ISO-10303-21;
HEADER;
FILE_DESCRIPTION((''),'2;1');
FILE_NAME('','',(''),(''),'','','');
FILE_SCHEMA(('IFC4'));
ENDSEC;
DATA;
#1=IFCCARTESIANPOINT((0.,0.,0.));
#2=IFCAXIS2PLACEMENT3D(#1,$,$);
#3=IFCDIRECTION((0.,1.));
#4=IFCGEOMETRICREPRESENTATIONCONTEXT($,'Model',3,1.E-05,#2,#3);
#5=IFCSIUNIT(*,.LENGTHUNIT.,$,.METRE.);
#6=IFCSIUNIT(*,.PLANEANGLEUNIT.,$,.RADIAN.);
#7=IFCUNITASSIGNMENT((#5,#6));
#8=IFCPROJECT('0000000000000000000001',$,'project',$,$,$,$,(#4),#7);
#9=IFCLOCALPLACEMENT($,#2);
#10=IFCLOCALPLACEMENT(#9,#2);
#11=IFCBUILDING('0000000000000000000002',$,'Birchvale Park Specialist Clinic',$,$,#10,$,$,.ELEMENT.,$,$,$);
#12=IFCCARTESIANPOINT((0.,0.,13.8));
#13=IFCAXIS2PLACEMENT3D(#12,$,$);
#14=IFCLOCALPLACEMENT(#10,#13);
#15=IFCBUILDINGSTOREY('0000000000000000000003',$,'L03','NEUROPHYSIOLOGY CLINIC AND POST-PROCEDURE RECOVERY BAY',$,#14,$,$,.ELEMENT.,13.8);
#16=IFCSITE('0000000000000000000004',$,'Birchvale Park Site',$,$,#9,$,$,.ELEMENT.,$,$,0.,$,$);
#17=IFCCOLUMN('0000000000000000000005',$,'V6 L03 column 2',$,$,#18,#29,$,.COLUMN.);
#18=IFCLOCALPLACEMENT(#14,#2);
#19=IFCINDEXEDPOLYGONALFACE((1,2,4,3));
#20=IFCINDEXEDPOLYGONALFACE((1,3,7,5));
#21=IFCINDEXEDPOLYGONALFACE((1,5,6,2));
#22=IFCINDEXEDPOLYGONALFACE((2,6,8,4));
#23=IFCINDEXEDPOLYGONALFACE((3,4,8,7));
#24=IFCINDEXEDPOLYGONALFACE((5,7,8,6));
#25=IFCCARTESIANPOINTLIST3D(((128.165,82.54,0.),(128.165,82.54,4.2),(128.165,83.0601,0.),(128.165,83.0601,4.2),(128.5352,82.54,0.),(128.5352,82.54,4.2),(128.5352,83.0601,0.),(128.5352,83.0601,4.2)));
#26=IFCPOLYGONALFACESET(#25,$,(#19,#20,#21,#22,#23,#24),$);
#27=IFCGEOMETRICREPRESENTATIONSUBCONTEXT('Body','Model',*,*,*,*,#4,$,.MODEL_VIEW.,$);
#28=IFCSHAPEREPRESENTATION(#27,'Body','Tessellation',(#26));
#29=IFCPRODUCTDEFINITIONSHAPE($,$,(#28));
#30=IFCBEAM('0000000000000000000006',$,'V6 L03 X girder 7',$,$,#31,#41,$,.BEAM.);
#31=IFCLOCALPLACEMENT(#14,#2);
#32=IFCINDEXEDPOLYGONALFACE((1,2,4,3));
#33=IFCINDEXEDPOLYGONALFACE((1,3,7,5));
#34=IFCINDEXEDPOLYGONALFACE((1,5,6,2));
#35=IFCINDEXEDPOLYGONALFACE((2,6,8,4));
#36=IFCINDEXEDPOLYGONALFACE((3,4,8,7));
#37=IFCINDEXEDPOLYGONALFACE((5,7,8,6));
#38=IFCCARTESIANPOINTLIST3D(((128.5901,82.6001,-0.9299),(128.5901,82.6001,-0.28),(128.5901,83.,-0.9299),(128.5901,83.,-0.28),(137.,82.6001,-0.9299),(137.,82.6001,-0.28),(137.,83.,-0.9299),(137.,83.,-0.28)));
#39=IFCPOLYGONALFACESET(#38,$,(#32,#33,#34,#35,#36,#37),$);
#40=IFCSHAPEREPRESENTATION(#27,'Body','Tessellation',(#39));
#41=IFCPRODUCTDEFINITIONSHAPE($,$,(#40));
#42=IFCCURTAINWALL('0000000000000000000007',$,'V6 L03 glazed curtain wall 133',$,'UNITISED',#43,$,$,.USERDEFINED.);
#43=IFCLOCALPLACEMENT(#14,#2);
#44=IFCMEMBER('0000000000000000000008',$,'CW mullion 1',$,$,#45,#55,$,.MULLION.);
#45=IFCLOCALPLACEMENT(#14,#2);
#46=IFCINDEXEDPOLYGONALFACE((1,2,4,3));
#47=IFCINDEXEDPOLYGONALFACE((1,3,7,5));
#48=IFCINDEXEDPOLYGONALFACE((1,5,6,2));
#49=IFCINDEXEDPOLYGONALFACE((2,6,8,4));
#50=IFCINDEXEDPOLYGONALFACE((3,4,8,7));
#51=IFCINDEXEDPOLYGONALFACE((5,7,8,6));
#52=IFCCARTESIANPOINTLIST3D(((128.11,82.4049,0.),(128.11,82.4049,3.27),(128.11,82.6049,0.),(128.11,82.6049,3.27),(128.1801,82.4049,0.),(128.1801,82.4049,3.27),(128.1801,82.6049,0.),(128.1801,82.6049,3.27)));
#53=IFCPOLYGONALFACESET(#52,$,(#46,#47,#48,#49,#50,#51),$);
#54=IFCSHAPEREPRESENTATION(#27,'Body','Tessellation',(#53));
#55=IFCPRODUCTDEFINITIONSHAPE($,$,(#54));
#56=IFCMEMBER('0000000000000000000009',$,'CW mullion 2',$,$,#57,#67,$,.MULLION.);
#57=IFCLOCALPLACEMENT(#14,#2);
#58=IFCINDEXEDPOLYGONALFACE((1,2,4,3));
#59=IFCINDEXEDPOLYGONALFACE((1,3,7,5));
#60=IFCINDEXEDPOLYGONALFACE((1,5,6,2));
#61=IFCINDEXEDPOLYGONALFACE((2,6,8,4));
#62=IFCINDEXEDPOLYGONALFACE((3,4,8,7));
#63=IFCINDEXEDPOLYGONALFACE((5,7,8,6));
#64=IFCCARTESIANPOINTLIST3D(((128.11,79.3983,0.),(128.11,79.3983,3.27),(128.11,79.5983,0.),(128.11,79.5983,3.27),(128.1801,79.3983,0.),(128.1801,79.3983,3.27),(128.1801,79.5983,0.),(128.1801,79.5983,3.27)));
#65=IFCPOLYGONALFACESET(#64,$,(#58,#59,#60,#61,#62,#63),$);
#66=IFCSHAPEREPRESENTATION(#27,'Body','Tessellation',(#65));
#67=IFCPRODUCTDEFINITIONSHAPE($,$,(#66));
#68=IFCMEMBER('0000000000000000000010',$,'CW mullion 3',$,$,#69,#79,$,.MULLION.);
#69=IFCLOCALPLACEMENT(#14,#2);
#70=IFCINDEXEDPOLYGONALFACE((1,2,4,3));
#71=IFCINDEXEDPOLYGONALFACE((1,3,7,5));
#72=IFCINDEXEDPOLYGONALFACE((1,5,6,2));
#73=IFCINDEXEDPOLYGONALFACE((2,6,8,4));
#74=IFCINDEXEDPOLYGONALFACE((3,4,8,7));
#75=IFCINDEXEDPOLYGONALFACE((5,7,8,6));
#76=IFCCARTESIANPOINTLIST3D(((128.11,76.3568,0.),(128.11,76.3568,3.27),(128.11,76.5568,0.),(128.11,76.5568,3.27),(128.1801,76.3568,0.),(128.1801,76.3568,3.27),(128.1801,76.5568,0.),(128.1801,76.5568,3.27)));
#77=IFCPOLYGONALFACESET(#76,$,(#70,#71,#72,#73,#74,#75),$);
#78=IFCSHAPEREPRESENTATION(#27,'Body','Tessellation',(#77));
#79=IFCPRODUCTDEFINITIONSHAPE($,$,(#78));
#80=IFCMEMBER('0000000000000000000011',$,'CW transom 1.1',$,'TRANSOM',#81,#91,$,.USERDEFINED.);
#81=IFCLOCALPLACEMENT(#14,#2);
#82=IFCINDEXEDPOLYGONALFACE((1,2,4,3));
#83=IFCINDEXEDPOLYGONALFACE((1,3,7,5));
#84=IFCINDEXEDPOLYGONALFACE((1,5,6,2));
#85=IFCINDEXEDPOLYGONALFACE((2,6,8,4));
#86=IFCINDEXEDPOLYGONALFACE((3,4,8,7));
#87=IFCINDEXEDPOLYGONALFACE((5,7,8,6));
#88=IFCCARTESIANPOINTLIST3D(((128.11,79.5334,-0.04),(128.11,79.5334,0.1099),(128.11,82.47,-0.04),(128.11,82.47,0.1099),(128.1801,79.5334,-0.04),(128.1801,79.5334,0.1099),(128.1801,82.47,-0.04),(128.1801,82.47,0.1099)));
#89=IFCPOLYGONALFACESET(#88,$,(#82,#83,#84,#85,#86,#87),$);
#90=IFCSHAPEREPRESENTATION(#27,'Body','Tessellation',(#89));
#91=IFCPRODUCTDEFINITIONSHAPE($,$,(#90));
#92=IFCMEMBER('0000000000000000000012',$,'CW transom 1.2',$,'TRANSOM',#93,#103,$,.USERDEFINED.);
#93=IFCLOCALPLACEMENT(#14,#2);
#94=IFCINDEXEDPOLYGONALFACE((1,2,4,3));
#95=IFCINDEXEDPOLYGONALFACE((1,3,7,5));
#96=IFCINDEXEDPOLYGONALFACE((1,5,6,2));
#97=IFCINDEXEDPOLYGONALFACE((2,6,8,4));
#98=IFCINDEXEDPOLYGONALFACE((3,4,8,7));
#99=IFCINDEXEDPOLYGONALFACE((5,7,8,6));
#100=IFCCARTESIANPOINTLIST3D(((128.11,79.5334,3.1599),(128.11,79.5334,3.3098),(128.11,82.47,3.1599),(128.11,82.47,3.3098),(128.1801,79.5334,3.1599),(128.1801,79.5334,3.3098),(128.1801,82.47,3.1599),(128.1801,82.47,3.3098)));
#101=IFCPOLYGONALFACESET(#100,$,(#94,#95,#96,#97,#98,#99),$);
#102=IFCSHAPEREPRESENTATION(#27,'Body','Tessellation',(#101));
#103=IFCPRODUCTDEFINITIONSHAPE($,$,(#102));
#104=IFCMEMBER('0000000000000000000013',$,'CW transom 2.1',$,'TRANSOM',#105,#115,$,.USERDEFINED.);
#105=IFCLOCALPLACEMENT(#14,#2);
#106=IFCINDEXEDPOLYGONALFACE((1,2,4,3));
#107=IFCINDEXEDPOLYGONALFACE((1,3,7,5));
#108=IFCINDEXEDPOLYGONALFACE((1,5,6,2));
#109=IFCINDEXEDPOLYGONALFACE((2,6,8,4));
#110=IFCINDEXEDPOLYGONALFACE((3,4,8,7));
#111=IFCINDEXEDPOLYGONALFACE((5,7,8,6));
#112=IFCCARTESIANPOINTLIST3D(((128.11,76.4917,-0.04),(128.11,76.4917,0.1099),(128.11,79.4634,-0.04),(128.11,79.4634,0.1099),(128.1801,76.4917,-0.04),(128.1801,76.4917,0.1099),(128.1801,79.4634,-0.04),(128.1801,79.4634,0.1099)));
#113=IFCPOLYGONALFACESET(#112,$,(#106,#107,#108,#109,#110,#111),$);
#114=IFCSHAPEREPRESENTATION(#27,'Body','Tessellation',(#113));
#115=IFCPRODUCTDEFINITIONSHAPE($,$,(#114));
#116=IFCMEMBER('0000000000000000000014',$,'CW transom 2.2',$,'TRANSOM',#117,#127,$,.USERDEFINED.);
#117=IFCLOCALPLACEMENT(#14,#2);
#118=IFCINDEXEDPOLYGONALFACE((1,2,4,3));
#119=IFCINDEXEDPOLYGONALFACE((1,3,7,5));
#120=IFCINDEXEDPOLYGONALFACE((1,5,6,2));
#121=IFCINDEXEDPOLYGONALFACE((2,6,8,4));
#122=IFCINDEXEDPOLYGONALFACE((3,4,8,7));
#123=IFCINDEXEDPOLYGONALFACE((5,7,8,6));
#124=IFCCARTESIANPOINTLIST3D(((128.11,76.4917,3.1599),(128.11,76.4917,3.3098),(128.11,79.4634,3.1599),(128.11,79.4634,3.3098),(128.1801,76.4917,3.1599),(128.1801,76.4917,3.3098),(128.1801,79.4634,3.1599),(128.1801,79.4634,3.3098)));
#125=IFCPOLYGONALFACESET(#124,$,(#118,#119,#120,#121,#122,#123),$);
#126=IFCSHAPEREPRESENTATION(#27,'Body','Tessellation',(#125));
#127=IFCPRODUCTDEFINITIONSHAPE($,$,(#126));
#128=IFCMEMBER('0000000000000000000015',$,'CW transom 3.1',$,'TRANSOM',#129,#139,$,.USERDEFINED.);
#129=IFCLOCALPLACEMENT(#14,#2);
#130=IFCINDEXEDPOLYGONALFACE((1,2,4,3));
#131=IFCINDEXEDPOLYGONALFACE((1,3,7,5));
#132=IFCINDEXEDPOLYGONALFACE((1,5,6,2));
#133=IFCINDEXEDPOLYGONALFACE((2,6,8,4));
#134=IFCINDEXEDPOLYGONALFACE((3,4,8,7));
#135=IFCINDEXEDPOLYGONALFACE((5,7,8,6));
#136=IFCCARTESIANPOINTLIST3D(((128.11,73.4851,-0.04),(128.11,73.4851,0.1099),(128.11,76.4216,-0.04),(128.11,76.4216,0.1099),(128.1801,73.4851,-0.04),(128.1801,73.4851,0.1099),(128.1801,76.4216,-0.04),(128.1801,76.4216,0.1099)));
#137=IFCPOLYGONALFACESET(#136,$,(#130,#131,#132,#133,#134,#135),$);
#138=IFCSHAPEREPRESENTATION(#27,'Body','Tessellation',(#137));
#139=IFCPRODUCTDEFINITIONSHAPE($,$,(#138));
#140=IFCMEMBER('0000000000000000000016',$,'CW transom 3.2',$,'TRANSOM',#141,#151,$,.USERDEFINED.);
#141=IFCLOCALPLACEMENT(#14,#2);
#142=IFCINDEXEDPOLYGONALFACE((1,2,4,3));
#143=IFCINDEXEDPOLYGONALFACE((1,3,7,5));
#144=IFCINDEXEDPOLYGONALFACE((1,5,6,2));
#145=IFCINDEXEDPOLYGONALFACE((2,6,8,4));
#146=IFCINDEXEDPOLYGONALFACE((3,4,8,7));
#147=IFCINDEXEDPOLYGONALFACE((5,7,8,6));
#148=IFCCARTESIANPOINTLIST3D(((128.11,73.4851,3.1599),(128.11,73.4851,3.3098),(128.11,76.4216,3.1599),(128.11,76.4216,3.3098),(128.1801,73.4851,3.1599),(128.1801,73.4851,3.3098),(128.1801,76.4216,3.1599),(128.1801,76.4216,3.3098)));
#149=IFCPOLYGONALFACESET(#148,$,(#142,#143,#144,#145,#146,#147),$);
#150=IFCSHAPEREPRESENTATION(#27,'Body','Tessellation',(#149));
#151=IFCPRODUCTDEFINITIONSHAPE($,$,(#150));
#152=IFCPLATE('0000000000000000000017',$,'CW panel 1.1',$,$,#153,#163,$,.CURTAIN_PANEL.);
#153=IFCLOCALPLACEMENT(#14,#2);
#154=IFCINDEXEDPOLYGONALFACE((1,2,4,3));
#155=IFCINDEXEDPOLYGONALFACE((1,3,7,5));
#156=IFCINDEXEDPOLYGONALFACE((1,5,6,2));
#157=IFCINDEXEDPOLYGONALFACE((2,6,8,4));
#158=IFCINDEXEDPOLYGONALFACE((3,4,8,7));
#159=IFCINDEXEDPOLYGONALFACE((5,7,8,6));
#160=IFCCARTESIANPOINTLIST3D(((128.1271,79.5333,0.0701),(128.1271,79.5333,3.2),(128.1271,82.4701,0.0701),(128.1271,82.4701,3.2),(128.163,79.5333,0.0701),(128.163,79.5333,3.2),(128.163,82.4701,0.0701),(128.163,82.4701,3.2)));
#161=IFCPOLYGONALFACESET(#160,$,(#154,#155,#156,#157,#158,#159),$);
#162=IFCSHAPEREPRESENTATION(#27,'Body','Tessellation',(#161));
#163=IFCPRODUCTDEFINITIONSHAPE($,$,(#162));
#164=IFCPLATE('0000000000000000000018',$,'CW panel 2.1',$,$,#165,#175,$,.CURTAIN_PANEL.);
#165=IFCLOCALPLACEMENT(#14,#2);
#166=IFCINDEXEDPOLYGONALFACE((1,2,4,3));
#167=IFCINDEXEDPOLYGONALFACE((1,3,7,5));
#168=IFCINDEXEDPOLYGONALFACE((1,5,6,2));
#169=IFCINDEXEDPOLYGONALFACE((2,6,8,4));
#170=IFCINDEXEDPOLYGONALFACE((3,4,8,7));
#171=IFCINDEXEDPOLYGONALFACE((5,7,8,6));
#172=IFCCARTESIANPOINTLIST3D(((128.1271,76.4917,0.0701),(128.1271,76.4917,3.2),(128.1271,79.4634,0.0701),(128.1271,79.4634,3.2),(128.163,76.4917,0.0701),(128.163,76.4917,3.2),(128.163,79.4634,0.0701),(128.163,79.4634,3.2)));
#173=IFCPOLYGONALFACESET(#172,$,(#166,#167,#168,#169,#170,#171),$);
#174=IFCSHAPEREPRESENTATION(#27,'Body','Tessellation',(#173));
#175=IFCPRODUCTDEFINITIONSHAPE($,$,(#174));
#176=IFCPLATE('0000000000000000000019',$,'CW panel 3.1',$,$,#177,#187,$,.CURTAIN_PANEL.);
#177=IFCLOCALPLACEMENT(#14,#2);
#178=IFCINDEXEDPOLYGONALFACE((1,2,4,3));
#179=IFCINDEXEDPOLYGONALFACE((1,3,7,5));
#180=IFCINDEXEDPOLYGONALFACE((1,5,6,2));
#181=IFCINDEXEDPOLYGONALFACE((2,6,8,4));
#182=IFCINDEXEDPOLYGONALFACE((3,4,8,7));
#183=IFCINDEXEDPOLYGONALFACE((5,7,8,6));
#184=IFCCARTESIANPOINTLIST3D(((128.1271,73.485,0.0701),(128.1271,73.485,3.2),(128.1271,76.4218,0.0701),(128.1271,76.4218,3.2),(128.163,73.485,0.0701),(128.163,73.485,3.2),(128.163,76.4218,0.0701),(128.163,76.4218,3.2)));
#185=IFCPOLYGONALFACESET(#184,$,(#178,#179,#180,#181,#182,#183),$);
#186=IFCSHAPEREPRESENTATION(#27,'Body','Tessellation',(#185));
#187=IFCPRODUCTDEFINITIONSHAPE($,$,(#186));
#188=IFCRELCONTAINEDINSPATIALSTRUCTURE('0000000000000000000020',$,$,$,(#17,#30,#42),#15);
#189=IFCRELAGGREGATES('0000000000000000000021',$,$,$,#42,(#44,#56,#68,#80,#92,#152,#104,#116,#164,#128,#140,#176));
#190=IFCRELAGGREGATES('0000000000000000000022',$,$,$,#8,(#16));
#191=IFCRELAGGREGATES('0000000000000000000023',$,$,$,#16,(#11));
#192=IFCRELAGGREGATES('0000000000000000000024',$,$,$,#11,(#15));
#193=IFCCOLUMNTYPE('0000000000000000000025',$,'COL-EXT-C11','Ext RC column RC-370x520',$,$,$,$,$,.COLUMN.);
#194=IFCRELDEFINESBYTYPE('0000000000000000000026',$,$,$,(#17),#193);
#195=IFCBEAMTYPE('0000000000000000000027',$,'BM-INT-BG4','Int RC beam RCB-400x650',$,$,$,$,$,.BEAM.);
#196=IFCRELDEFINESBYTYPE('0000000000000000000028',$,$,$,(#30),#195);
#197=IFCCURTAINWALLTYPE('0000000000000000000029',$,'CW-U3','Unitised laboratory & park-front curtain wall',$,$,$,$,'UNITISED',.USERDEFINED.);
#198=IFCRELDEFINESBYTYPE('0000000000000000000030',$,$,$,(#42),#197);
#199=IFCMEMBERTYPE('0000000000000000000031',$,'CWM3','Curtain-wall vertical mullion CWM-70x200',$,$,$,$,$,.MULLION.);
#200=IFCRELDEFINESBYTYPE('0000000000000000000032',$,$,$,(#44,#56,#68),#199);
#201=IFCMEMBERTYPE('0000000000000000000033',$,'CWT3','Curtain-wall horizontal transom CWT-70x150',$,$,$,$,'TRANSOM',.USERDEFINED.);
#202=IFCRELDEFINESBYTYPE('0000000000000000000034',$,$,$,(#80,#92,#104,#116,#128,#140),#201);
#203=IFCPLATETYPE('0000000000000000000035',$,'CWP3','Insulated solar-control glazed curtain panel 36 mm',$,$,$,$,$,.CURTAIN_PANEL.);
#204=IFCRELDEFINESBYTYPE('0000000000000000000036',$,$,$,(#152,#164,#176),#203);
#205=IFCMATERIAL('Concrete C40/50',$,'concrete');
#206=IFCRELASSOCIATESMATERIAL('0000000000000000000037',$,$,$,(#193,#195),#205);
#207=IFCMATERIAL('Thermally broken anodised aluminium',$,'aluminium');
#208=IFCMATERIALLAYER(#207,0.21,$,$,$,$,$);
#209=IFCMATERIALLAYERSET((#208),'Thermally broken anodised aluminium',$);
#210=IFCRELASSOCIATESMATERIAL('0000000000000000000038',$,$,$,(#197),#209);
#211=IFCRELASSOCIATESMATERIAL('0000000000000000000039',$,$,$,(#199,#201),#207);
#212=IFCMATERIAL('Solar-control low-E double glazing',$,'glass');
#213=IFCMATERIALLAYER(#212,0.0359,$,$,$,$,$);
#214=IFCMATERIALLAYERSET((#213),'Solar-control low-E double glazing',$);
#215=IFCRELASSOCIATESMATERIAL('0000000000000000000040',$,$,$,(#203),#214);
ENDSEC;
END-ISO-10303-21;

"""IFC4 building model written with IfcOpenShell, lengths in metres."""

from ifc_helpers import new_model, si_unit, direction, frame, origin, origin_2d, place, context, subcontext, project, spatial, rectangle, extrude, material, layer, layer_set, material_profile, profile_set, type_object, element, aggregate, save


model = new_model("IFC4")

# Units and contexts
model_context = context("Model", 3, precision=1e-05, world=origin(), true_north=direction((0.0, 1.0)))
body_context = subcontext(model_context, "Body", "Model", "MODEL_VIEW")
ifc_project = project(units=[si_unit("LENGTHUNIT", "METRE"), si_unit("PLANEANGLEUNIT", "RADIAN")], contexts=[model_context])

# Site, building, storey
site_placement = place(None, origin())
site = spatial("IfcSite", under=ifc_project, at=site_placement, Name="Birchvale Park Site", CompositionType="ELEMENT", RefElevation=0.0)
building_placement = place(site_placement, origin())
building = spatial("IfcBuilding", under=site, at=building_placement, Name="Birchvale Park Specialist Clinic", CompositionType="ELEMENT")
storey_placement = place(building_placement, frame((0.0, 0.0, 13.8)))
storey = spatial("IfcBuildingStorey", under=building, at=storey_placement, Name="L03", Description="NEUROPHYSIOLOGY CLINIC AND POST-PROCEDURE RECOVERY BAY", CompositionType="ELEMENT", Elevation=13.8)

# Column
ifc_material_1 = material(Name="Concrete C40/50", Category="concrete")
ifc_material_profile_1 = material_profile(ifc_material_1, rectangle(XDim=0.3701, YDim=0.52, at=origin_2d()), Name="RC-370x520")
ifc_profile_set_1 = profile_set([ifc_material_profile_1], Name="Concrete C40/50")
column_type = type_object("IfcColumnType", Name="COL-EXT-C11", Description="Ext RC column RC-370x520", PredefinedType="COLUMN", material=ifc_profile_set_1)
column_placement = place(storey_placement, frame((128.3501, 82.8, 0.0), z_axis=(0.0, 0.0, 1.0), x_axis=(1.0, 0.0, 0.0)))
element("IfcColumn", 1, at=column_placement, inside=storey, type_object=column_type, Name="V6 L03 column 2", PredefinedType="COLUMN", context=body_context, shape_type="SweptSolid", body=[
    extrude(rectangle(XDim=0.3701, YDim=0.52, at=origin_2d()), origin(), (0.0, 0.0, 1.0), 4.2),
])

# Beam
ifc_material_profile_2 = material_profile(ifc_material_1, rectangle(XDim=0.3999, YDim=0.6499, at=origin_2d()), Name="RCB-400x650")
ifc_profile_set_2 = profile_set([ifc_material_profile_2], Name="Concrete C40/50")
beam_type = type_object("IfcBeamType", Name="BM-INT-BG4", Description="Int RC beam RCB-400x650", PredefinedType="BEAM", material=ifc_profile_set_2)
beam_placement = place(storey_placement, frame((128.5901, 82.8, -0.605), z_axis=(1.0, 0.0, 0.0), x_axis=(0.0, 1.0, 0.0)))
element("IfcBeam", 2, at=beam_placement, inside=storey, type_object=beam_type, Name="V6 L03 X girder 7", PredefinedType="BEAM", context=body_context, shape_type="SweptSolid", body=[
    extrude(rectangle(XDim=0.3999, YDim=0.6499, at=origin_2d()), origin(), (0.0, 0.0, 1.0), 8.4099),
])

# Curtain wall, members, plates
ifc_material_2 = material(Name="Thermally broken anodised aluminium", Category="aluminium")
ifc_layer_1 = layer(ifc_material_2, 0.21)
ifc_layer_set_1 = layer_set([ifc_layer_1], Name="Thermally broken anodised aluminium")
curtain_wall_type = type_object("IfcCurtainWallType", Name="CW-U3", Description="Unitised laboratory & park-front curtain wall", ElementType="UNITISED", PredefinedType="USERDEFINED", material=ifc_layer_set_1)
curtain_wall_placement = place(storey_placement, origin())
curtain_wall = element("IfcCurtainWall", 3, at=curtain_wall_placement, inside=storey, type_object=curtain_wall_type, Name="V6 L03 glazed curtain wall 133", ObjectType="UNITISED", PredefinedType="USERDEFINED")
ifc_material_profile_3 = material_profile(ifc_material_2, rectangle(XDim=0.0701, YDim=0.2, at=origin_2d()), Name="CWM-70x200")
ifc_profile_set_3 = profile_set([ifc_material_profile_3], Name="Thermally broken anodised aluminium")
member_type_1 = type_object("IfcMemberType", Name="CWM3", Description="Curtain-wall vertical mullion CWM-70x200", PredefinedType="MULLION", material=ifc_profile_set_3)
member_1_placement = place(storey_placement, frame((128.145, 82.5049, 0.0), z_axis=(0.0, 0.0, 1.0), x_axis=(1.0, 0.0, 0.0)))
member_1 = element("IfcMember", 4, at=member_1_placement, type_object=member_type_1, Name="CW mullion 1", PredefinedType="MULLION", context=body_context, shape_type="SweptSolid", body=[
    extrude(rectangle(XDim=0.0701, YDim=0.2, at=origin_2d()), origin(), (0.0, 0.0, 1.0), 3.27),
])
member_2_placement = place(storey_placement, frame((128.145, 79.4983, 0.0), z_axis=(0.0, 0.0, 1.0), x_axis=(1.0, 0.0, 0.0)))
member_2 = element("IfcMember", 5, at=member_2_placement, type_object=member_type_1, Name="CW mullion 2", PredefinedType="MULLION", context=body_context, shape_type="SweptSolid", body=[
    extrude(rectangle(XDim=0.0701, YDim=0.2, at=origin_2d()), origin(), (0.0, 0.0, 1.0), 3.27),
])
member_3_placement = place(storey_placement, frame((128.145, 76.4568, 0.0), z_axis=(0.0, 0.0, 1.0), x_axis=(1.0, 0.0, 0.0)))
member_3 = element("IfcMember", 6, at=member_3_placement, type_object=member_type_1, Name="CW mullion 3", PredefinedType="MULLION", context=body_context, shape_type="SweptSolid", body=[
    extrude(rectangle(XDim=0.0701, YDim=0.2, at=origin_2d()), origin(), (0.0, 0.0, 1.0), 3.27),
])
ifc_material_profile_4 = material_profile(ifc_material_2, rectangle(XDim=0.0701, YDim=0.1499, at=origin_2d()), Name="CWT-70x150")
ifc_profile_set_4 = profile_set([ifc_material_profile_4], Name="Thermally broken anodised aluminium")
member_type_2 = type_object("IfcMemberType", Name="CWT3", Description="Curtain-wall horizontal transom CWT-70x150", ElementType="TRANSOM", PredefinedType="USERDEFINED", material=ifc_profile_set_4)
member_4_placement = place(storey_placement, frame((128.145, 82.47, 0.0349), z_axis=(0.0, -1.0, 0.0), x_axis=(1.0, 0.0, 0.0)))
member_4 = element("IfcMember", 7, at=member_4_placement, type_object=member_type_2, Name="CW transom 1.1", ObjectType="TRANSOM", PredefinedType="USERDEFINED", context=body_context, shape_type="SweptSolid", body=[
    extrude(rectangle(XDim=0.0701, YDim=0.1499, at=origin_2d()), origin(), (0.0, 0.0, 1.0), 2.9365),
])
member_5_placement = place(storey_placement, frame((128.145, 82.47, 3.2349), z_axis=(0.0, -1.0, 0.0), x_axis=(1.0, 0.0, 0.0)))
member_5 = element("IfcMember", 8, at=member_5_placement, type_object=member_type_2, Name="CW transom 1.2", ObjectType="TRANSOM", PredefinedType="USERDEFINED", context=body_context, shape_type="SweptSolid", body=[
    extrude(rectangle(XDim=0.0701, YDim=0.1499, at=origin_2d()), origin(), (0.0, 0.0, 1.0), 2.9365),
])
member_6_placement = place(storey_placement, frame((128.145, 79.4634, 0.0349), z_axis=(0.0, -1.0, 0.0), x_axis=(1.0, 0.0, 0.0)))
member_6 = element("IfcMember", 9, at=member_6_placement, type_object=member_type_2, Name="CW transom 2.1", ObjectType="TRANSOM", PredefinedType="USERDEFINED", context=body_context, shape_type="SweptSolid", body=[
    extrude(rectangle(XDim=0.0701, YDim=0.1499, at=origin_2d()), origin(), (0.0, 0.0, 1.0), 2.9717),
])
member_7_placement = place(storey_placement, frame((128.145, 79.4634, 3.2349), z_axis=(0.0, -1.0, 0.0), x_axis=(1.0, 0.0, 0.0)))
member_7 = element("IfcMember", 10, at=member_7_placement, type_object=member_type_2, Name="CW transom 2.2", ObjectType="TRANSOM", PredefinedType="USERDEFINED", context=body_context, shape_type="SweptSolid", body=[
    extrude(rectangle(XDim=0.0701, YDim=0.1499, at=origin_2d()), origin(), (0.0, 0.0, 1.0), 2.9717),
])
member_8_placement = place(storey_placement, frame((128.145, 76.4216, 0.0349), z_axis=(0.0, -1.0, 0.0), x_axis=(1.0, 0.0, 0.0)))
member_8 = element("IfcMember", 11, at=member_8_placement, type_object=member_type_2, Name="CW transom 3.1", ObjectType="TRANSOM", PredefinedType="USERDEFINED", context=body_context, shape_type="SweptSolid", body=[
    extrude(rectangle(XDim=0.0701, YDim=0.1499, at=origin_2d()), origin(), (0.0, 0.0, 1.0), 2.9365),
])
member_9_placement = place(storey_placement, frame((128.145, 76.4216, 3.2349), z_axis=(0.0, -1.0, 0.0), x_axis=(1.0, 0.0, 0.0)))
member_9 = element("IfcMember", 12, at=member_9_placement, type_object=member_type_2, Name="CW transom 3.2", ObjectType="TRANSOM", PredefinedType="USERDEFINED", context=body_context, shape_type="SweptSolid", body=[
    extrude(rectangle(XDim=0.0701, YDim=0.1499, at=origin_2d()), origin(), (0.0, 0.0, 1.0), 2.9365),
])
ifc_material_3 = material(Name="Solar-control low-E double glazing", Category="glass")
ifc_layer_2 = layer(ifc_material_3, 0.0359)
ifc_layer_set_2 = layer_set([ifc_layer_2], Name="Solar-control low-E double glazing")
plate_type = type_object("IfcPlateType", Name="CWP3", Description="Insulated solar-control glazed curtain panel 36 mm", PredefinedType="CURTAIN_PANEL", material=ifc_layer_set_2)
plate_1_placement = place(storey_placement, frame((128.145, 81.0017, 0.0701), z_axis=(0.0, 0.0, 1.0), x_axis=(0.0, -1.0, 0.0)))
plate_1 = element("IfcPlate", 13, at=plate_1_placement, type_object=plate_type, Name="CW panel 1.1", PredefinedType="CURTAIN_PANEL", context=body_context, shape_type="SweptSolid", body=[
    extrude(rectangle(XDim=2.9368, YDim=0.0359, at=origin_2d()), origin(), (0.0, 0.0, 1.0), 3.1299),
])
plate_2_placement = place(storey_placement, frame((128.145, 77.9775, 0.0701), z_axis=(0.0, 0.0, 1.0), x_axis=(0.0, -1.0, 0.0)))
plate_2 = element("IfcPlate", 14, at=plate_2_placement, type_object=plate_type, Name="CW panel 2.1", PredefinedType="CURTAIN_PANEL", context=body_context, shape_type="SweptSolid", body=[
    extrude(rectangle(XDim=2.9717, YDim=0.0359, at=origin_2d()), origin(), (0.0, 0.0, 1.0), 3.1299),
])
plate_3_placement = place(storey_placement, frame((128.145, 74.9534, 0.0701), z_axis=(0.0, 0.0, 1.0), x_axis=(0.0, -1.0, 0.0)))
plate_3 = element("IfcPlate", 15, at=plate_3_placement, type_object=plate_type, Name="CW panel 3.1", PredefinedType="CURTAIN_PANEL", context=body_context, shape_type="SweptSolid", body=[
    extrude(rectangle(XDim=2.9368, YDim=0.0359, at=origin_2d()), origin(), (0.0, 0.0, 1.0), 3.1299),
])
aggregate(curtain_wall, [member_1, member_2, member_3, member_4, member_5, plate_1, member_6, member_7, plate_2, member_8, member_9, plate_3])

save(model, "model.ifc")
